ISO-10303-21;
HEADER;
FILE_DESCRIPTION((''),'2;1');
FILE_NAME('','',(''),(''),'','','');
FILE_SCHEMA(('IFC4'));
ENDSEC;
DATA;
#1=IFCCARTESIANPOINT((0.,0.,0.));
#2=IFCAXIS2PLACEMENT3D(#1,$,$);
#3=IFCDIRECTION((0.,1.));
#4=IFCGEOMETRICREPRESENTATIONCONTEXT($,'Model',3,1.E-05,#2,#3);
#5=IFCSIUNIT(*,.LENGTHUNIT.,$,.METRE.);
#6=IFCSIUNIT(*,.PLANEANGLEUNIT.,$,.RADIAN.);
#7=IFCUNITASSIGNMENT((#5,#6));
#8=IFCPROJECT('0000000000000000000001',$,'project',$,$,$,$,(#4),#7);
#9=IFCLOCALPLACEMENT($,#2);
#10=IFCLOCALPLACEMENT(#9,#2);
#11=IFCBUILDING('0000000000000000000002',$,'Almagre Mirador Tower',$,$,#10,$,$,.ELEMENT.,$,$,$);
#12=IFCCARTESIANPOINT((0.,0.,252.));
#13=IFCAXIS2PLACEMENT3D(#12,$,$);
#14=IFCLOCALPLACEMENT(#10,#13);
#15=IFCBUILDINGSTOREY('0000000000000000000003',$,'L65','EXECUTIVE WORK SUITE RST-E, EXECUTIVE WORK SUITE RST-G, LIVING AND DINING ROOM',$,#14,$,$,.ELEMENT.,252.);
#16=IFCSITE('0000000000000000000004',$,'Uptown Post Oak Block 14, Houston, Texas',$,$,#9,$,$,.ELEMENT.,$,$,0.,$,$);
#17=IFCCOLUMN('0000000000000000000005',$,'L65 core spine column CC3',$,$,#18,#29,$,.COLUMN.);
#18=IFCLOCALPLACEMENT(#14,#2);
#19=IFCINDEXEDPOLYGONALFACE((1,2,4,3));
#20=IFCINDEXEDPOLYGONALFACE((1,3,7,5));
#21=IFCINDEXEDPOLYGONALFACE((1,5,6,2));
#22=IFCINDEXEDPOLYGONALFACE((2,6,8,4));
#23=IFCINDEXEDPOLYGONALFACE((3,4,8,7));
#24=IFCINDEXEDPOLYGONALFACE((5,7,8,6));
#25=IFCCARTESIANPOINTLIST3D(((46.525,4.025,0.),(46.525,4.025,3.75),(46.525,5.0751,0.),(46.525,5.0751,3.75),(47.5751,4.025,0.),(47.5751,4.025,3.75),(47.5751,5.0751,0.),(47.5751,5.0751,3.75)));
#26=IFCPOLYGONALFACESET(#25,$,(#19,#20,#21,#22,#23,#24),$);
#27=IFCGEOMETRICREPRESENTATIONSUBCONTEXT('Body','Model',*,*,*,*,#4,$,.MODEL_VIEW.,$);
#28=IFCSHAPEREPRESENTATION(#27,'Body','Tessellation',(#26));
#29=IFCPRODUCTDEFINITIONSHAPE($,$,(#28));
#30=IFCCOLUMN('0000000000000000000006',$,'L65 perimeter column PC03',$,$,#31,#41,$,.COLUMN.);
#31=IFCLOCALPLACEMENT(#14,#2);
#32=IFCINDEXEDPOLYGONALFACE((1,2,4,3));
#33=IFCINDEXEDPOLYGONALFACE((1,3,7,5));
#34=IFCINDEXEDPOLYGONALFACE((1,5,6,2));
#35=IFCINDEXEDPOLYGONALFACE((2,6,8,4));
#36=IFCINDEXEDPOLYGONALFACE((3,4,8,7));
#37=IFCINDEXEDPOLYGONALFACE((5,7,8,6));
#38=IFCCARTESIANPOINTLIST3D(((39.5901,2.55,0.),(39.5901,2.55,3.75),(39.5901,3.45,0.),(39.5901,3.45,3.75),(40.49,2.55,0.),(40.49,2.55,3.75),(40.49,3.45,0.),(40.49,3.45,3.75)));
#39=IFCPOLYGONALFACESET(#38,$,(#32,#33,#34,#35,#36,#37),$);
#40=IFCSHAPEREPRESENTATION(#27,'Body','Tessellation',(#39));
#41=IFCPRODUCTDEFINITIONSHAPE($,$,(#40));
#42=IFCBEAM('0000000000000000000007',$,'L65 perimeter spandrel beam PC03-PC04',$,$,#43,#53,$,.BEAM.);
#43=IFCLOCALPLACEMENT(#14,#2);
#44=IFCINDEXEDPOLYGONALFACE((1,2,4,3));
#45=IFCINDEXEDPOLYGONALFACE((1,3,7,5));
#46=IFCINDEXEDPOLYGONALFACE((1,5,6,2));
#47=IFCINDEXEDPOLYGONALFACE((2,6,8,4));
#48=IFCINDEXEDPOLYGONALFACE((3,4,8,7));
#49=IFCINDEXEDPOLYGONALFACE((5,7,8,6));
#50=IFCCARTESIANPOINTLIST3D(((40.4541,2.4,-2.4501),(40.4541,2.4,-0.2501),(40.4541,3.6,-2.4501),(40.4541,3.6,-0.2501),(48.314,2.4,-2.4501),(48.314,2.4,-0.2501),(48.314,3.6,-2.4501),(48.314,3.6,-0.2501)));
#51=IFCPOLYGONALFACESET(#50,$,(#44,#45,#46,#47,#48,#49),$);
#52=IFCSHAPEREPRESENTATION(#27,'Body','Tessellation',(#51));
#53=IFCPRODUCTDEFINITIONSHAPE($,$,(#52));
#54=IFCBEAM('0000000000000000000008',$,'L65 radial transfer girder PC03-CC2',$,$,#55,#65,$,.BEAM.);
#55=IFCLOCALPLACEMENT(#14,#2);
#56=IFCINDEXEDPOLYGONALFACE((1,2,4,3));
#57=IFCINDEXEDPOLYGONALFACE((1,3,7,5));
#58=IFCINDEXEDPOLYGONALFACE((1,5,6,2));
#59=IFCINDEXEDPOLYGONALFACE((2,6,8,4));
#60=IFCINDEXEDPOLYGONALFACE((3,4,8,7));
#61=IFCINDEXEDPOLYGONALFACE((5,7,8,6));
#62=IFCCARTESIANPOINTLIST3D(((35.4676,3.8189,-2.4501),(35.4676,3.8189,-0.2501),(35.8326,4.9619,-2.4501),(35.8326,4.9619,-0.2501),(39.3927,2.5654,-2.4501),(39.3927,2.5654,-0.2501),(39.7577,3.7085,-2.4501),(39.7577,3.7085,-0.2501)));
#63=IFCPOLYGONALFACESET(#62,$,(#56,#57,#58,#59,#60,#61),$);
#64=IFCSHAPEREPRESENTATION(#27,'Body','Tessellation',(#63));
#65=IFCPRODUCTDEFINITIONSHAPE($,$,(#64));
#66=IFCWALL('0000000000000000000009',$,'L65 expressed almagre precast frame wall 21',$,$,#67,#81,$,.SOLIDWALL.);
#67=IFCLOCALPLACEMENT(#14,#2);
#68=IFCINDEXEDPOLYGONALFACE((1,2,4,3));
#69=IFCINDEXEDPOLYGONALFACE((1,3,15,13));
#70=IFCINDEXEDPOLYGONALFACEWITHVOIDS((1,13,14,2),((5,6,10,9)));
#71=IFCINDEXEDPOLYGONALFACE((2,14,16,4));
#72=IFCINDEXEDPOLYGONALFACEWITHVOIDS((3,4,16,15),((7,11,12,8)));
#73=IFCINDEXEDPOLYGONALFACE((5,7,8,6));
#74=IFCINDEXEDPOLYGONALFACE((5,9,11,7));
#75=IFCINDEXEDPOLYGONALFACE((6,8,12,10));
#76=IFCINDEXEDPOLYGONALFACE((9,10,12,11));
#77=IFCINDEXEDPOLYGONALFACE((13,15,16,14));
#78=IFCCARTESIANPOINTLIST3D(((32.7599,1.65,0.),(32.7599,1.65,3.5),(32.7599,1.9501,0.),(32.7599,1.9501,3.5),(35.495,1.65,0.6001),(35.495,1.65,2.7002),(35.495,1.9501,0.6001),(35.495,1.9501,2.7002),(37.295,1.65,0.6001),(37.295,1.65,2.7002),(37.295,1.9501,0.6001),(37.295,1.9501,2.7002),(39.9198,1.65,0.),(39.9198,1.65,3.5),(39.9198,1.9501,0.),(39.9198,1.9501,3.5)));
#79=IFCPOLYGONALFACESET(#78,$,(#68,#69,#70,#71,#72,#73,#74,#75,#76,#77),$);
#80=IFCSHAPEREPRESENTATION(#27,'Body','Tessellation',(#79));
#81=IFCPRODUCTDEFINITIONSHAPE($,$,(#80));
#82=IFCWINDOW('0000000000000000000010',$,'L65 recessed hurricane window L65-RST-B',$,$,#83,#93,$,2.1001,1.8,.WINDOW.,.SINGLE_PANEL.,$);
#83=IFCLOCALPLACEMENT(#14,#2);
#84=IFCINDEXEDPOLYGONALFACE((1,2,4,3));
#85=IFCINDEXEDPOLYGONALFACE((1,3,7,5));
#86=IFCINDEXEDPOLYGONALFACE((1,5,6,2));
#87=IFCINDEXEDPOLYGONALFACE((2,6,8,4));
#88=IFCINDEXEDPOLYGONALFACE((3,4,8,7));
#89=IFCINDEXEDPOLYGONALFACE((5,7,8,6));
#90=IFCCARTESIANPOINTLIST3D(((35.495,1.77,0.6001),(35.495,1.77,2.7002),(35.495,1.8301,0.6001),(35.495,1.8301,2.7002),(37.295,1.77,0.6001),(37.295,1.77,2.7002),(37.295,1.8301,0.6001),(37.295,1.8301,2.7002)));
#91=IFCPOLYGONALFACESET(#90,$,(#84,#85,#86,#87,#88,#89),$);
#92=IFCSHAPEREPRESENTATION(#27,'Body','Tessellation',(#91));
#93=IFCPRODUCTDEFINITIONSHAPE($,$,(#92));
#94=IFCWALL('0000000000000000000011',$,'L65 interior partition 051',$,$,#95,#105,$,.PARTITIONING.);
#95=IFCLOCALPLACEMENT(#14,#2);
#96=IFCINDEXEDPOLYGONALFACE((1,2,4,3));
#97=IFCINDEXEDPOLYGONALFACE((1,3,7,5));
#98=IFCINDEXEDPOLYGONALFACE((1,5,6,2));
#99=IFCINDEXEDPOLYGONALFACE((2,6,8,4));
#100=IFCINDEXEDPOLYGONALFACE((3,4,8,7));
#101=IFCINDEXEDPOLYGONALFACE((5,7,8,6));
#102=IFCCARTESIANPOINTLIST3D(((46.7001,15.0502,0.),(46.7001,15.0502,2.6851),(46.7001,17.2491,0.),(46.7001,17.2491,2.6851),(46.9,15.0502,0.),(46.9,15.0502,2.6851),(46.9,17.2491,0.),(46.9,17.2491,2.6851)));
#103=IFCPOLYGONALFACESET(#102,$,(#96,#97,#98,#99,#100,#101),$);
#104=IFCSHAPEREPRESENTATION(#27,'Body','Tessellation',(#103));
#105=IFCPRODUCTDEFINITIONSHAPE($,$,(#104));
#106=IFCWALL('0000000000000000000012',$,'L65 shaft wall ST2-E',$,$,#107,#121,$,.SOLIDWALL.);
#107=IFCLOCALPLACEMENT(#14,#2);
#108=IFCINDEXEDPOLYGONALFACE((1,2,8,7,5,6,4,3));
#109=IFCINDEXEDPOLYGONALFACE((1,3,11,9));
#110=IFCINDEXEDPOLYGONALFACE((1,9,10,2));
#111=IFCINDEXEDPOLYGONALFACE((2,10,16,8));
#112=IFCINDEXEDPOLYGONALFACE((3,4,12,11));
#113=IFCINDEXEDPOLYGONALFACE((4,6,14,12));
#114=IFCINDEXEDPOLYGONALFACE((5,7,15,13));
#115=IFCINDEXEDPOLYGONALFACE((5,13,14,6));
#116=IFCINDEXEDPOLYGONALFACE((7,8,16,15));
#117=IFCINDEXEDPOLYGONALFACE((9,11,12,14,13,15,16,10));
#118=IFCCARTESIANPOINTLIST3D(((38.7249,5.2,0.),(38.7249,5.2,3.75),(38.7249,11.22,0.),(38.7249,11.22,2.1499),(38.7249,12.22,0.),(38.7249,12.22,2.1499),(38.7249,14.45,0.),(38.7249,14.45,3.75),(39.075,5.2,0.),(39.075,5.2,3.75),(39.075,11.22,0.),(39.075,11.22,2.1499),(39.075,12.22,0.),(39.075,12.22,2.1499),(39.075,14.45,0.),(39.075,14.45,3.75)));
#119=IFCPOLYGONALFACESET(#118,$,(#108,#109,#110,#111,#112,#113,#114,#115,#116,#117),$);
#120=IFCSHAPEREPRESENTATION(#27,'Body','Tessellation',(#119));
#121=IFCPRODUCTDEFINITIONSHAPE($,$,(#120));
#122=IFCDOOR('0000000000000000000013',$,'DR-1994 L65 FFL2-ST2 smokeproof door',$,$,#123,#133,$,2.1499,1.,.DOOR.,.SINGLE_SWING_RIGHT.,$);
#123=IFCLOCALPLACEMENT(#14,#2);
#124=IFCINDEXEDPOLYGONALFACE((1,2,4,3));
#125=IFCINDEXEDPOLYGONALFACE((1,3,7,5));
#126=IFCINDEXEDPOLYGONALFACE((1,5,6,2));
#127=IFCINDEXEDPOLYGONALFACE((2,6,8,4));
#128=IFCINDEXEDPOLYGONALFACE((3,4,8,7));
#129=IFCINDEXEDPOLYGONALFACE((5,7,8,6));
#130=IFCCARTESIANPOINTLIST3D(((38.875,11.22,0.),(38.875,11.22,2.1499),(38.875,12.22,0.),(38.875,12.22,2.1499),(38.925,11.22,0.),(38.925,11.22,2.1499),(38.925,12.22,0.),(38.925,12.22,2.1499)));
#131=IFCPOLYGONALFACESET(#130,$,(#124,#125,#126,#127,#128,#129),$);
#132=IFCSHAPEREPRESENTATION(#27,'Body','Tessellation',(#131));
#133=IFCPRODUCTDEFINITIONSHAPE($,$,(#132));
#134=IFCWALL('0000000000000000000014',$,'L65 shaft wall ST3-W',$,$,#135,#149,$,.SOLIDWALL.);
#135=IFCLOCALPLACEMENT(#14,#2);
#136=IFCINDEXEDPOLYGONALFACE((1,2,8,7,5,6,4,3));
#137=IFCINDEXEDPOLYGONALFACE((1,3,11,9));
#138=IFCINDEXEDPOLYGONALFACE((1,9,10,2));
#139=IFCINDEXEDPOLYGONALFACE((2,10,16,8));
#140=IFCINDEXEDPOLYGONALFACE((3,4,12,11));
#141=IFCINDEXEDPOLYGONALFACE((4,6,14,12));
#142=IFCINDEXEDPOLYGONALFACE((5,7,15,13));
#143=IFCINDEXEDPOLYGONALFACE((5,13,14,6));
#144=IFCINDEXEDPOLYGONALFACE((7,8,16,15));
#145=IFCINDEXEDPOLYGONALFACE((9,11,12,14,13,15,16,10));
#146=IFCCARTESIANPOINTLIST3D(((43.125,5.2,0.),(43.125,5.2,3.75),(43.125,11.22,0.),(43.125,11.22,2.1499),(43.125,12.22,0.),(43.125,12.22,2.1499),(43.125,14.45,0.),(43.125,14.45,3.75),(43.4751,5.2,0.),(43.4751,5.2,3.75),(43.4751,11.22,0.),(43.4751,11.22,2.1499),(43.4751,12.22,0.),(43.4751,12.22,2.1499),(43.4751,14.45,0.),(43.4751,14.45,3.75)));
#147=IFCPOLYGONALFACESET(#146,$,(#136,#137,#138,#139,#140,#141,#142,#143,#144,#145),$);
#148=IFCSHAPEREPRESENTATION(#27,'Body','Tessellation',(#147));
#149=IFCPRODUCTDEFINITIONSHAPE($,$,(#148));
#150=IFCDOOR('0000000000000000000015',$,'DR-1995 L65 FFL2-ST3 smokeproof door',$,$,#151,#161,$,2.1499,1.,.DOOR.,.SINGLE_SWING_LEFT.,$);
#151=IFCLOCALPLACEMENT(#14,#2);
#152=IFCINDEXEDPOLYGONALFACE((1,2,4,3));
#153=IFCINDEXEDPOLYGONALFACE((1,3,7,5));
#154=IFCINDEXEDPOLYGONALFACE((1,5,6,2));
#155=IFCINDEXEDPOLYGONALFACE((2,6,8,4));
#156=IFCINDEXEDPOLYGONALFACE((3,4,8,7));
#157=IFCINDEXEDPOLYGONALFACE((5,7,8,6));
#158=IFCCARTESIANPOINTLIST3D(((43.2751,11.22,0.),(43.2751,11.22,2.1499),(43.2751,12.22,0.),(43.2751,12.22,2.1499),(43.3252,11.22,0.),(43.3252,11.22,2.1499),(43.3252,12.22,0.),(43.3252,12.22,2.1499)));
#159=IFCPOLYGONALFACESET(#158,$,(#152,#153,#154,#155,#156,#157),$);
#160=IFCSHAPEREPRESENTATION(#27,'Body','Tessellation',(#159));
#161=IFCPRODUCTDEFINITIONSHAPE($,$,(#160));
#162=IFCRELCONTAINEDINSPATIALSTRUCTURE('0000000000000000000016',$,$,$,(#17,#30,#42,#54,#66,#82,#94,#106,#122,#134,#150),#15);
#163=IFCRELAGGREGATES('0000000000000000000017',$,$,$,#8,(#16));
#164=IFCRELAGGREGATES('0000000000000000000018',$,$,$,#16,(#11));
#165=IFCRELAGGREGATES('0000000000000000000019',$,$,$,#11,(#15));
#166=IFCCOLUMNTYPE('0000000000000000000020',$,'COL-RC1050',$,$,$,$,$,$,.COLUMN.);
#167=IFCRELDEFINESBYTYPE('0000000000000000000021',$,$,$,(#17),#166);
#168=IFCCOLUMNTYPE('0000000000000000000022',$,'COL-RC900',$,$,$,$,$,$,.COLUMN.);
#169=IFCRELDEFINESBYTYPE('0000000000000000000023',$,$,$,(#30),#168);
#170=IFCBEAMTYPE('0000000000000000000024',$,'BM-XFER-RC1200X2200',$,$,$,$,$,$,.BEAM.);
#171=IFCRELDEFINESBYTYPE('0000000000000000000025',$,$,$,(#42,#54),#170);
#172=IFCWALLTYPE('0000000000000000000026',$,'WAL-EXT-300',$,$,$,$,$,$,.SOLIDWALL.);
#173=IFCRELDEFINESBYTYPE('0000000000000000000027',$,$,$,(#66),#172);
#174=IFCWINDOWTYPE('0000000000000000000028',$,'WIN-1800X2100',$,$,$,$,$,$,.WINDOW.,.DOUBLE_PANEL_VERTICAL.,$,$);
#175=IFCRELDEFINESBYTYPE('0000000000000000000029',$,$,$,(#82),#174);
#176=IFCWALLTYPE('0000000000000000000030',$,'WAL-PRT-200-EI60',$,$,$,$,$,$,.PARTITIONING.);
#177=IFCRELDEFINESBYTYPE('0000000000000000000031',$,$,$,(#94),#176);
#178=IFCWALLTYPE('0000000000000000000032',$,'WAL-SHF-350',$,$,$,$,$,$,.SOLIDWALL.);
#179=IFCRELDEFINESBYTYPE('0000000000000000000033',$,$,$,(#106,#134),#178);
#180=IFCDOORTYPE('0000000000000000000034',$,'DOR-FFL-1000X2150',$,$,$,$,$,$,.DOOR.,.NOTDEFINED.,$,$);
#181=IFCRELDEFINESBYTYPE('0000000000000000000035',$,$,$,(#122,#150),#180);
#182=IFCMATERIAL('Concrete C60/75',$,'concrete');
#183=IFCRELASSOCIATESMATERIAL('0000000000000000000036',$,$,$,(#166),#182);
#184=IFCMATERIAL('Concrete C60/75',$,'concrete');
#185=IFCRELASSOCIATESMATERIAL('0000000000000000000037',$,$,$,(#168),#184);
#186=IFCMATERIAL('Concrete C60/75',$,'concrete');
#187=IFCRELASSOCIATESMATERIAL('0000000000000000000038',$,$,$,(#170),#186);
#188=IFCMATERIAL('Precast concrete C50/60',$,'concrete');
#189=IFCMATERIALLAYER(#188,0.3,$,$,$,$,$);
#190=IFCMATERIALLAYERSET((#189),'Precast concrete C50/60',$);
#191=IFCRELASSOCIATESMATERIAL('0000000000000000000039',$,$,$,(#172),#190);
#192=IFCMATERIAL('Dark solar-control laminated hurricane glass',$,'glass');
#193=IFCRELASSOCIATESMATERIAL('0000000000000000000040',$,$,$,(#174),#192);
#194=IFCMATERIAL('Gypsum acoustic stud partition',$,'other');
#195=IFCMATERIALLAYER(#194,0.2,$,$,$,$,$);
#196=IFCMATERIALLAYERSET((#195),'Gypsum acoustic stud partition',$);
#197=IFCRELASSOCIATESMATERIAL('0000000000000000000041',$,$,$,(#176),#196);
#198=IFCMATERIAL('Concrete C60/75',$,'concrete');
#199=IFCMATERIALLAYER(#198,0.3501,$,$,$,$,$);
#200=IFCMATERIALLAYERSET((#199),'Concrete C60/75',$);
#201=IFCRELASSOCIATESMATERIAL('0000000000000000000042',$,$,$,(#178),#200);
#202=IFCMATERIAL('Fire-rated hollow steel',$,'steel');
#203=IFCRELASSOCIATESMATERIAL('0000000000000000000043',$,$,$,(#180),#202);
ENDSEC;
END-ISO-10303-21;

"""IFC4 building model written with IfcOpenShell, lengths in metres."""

from ifc_helpers import new_model, si_unit, direction, frame, frame_2d, origin, origin_2d, place, context, subcontext, project, spatial, rectangle, extrude, material, layer, layer_set, material_profile, profile_set, type_object, element, fill, save


model = new_model("IFC4")

# Units and contexts
model_context = context("Model", 3, precision=1e-05, world=origin(), true_north=direction((0.0, 1.0)))
body_context = subcontext(model_context, "Body", "Model", "MODEL_VIEW")
ifc_project = project(units=[si_unit("LENGTHUNIT", "METRE"), si_unit("PLANEANGLEUNIT", "RADIAN")], contexts=[model_context])

# Site, building, storey
site_placement = place(None, origin())
site = spatial("IfcSite", under=ifc_project, at=site_placement, Name="Uptown Post Oak Block 14, Houston, Texas", CompositionType="ELEMENT", RefElevation=0.0)
building_placement = place(site_placement, origin())
building = spatial("IfcBuilding", under=site, at=building_placement, Name="Almagre Mirador Tower", CompositionType="ELEMENT")
storey_placement = place(building_placement, frame((0.0, 0.0, 252.0)))
storey = spatial("IfcBuildingStorey", under=building, at=storey_placement, Name="L65", Description="EXECUTIVE WORK SUITE RST-E, EXECUTIVE WORK SUITE RST-G, LIVING AND DINING ROOM", CompositionType="ELEMENT", Elevation=252.0)

# Columns
ifc_material_1 = material(Name="Concrete C60/75", Category="concrete")
ifc_material_profile_1 = material_profile(ifc_material_1, rectangle(XDim=1.05, YDim=1.05, at=origin_2d()), Name="RC1050X1050")
ifc_profile_set_1 = profile_set([ifc_material_profile_1], Name="Concrete C60/75")
column_type_1 = type_object("IfcColumnType", Name="COL-RC1050", PredefinedType="COLUMN", material=ifc_profile_set_1)
column_1_placement = place(storey_placement, frame((47.05, 4.55, 0.0), z_axis=(0.0, 0.0, 1.0), x_axis=(1.0, 0.0, 0.0)))
element("IfcColumn", 1, at=column_1_placement, inside=storey, type_object=column_type_1, Name="L65 core spine column CC3", PredefinedType="COLUMN", context=body_context, shape_type="SweptSolid", body=[
    extrude(rectangle(XDim=1.05, YDim=1.05, at=origin_2d()), origin(), (0.0, 0.0, 1.0), 3.75),
])
ifc_material_2 = material(Name="Concrete C60/75", Category="concrete")
ifc_material_profile_2 = material_profile(ifc_material_2, rectangle(XDim=0.8999, YDim=0.8999, at=origin_2d()), Name="RC900X900")
ifc_profile_set_2 = profile_set([ifc_material_profile_2], Name="Concrete C60/75")
column_type_2 = type_object("IfcColumnType", Name="COL-RC900", PredefinedType="COLUMN", material=ifc_profile_set_2)
column_2_placement = place(storey_placement, frame((40.04, 3.0, 0.0), z_axis=(0.0, 0.0, 1.0), x_axis=(1.0, 0.0, 0.0)))
element("IfcColumn", 2, at=column_2_placement, inside=storey, type_object=column_type_2, Name="L65 perimeter column PC03", PredefinedType="COLUMN", context=body_context, shape_type="SweptSolid", body=[
    extrude(rectangle(XDim=0.8999, YDim=0.8999, at=origin_2d()), origin(), (0.0, 0.0, 1.0), 3.75),
])

# Beams
ifc_material_3 = material(Name="Concrete C60/75", Category="concrete")
ifc_material_profile_3 = material_profile(ifc_material_3, rectangle(XDim=1.2, YDim=2.2, at=origin_2d()), Name="RC1200X2200")
ifc_profile_set_3 = profile_set([ifc_material_profile_3], Name="Concrete C60/75")
beam_type = type_object("IfcBeamType", Name="BM-XFER-RC1200X2200", PredefinedType="BEAM", material=ifc_profile_set_3)
beam_1_placement = place(storey_placement, frame((40.4541, 3.0, -1.3501), z_axis=(1.0, 0.0, 0.0), x_axis=(0.0, 1.0, 0.0)))
element("IfcBeam", 3, at=beam_1_placement, inside=storey, type_object=beam_type, Name="L65 perimeter spandrel beam PC03-PC04", PredefinedType="BEAM", context=body_context, shape_type="SweptSolid", body=[
    extrude(rectangle(XDim=1.2, YDim=2.2, at=origin_2d()), origin(), (0.0, 0.0, 1.0), 7.8599),
])
beam_2_placement = place(storey_placement, frame((39.5752, 3.137, -1.3501), z_axis=(-0.952607, 0.304204, 0.0), x_axis=(-0.304204, -0.952607, 0.0)))
element("IfcBeam", 4, at=beam_2_placement, inside=storey, type_object=beam_type, Name="L65 radial transfer girder PC03-CC2", PredefinedType="BEAM", context=body_context, shape_type="SweptSolid", body=[
    extrude(rectangle(XDim=1.2, YDim=2.2, at=origin_2d()), origin(), (0.0, 0.0, 1.0), 4.1204),
])

# Wall, opening, window
ifc_material_4 = material(Name="Precast concrete C50/60", Category="concrete")
ifc_layer_1 = layer(ifc_material_4, 0.3)
ifc_layer_set_1 = layer_set([ifc_layer_1], Name="Precast concrete C50/60")
wall_type_1 = type_object("IfcWallType", Name="WAL-EXT-300", PredefinedType="SOLIDWALL", material=ifc_layer_set_1)
wall_1_placement = place(storey_placement, frame((39.9199, 1.8, 0.0), z_axis=(0.0, 0.0, 1.0), x_axis=(-1.0, 0.0, 0.0)))
wall_1 = element("IfcWall", 5, at=wall_1_placement, inside=storey, type_object=wall_type_1, Name="L65 expressed almagre precast frame wall 21", PredefinedType="SOLIDWALL", context=body_context, shape_type="SweptSolid", body=[
    extrude(rectangle(XDim=7.1599, YDim=0.3, at=frame_2d((3.5801, 0.0))), origin(), (0.0, 0.0, 1.0), 3.5),
])
opening_1_placement = place(wall_1_placement, frame((2.625, 0.0, 0.6001)))
opening_1 = element("IfcOpeningElement", 6, at=opening_1_placement, cuts=wall_1, PredefinedType="OPENING", context=body_context, shape_type="SweptSolid", body=[
    extrude(rectangle(XDim=1.8, YDim=2.1001, at=frame_2d((0.8999, 1.05))), frame((0.0, 0.1599, 0.0), z_axis=(0.0, -1.0, 0.0), x_axis=(1.0, 0.0, 0.0)), (0.0, 0.0, 1.0), 0.32),
])
ifc_material_5 = material(Name="Dark solar-control laminated hurricane glass", Category="glass")
window_type = type_object("IfcWindowType", Name="WIN-1800X2100", PartitioningType="DOUBLE_PANEL_VERTICAL", PredefinedType="WINDOW", material=ifc_material_5)
window_placement = place(opening_1_placement, origin())
window = element("IfcWindow", 7, at=window_placement, inside=storey, type_object=window_type, Name="L65 recessed hurricane window L65-RST-B", OverallHeight=2.1001, OverallWidth=1.8, PartitioningType="SINGLE_PANEL", PredefinedType="WINDOW", context=body_context, shape_type="SweptSolid", body=[
    extrude(rectangle(XDim=1.8, YDim=2.1001, at=frame_2d((0.8999, 1.05))), frame((0.0, 0.03, 0.0), z_axis=(0.0, -1.0, 0.0), x_axis=(1.0, 0.0, 0.0)), (0.0, 0.0, 1.0), 0.0601),
])
fill(opening_1, window)

# Wall
ifc_material_6 = material(Name="Gypsum acoustic stud partition", Category="other")
ifc_layer_2 = layer(ifc_material_6, 0.2)
ifc_layer_set_2 = layer_set([ifc_layer_2], Name="Gypsum acoustic stud partition")
wall_type_2 = type_object("IfcWallType", Name="WAL-PRT-200-EI60", PredefinedType="PARTITIONING", material=ifc_layer_set_2)
wall_2_placement = place(storey_placement, frame((46.8, 15.05, 0.0), z_axis=(0.0, 0.0, 1.0), x_axis=(0.0, 1.0, 0.0)))
element("IfcWall", 8, at=wall_2_placement, inside=storey, type_object=wall_type_2, Name="L65 interior partition 051", PredefinedType="PARTITIONING", context=body_context, shape_type="SweptSolid", body=[
    extrude(rectangle(XDim=2.199, YDim=0.2, at=frame_2d((1.0996, 0.0))), origin(), (0.0, 0.0, 1.0), 2.6851),
])

# Walls, openings, doors
ifc_material_7 = material(Name="Concrete C60/75", Category="concrete")
ifc_layer_3 = layer(ifc_material_7, 0.3501)
ifc_layer_set_3 = layer_set([ifc_layer_3], Name="Concrete C60/75")
wall_type_3 = type_object("IfcWallType", Name="WAL-SHF-350", PredefinedType="SOLIDWALL", material=ifc_layer_set_3)
wall_3_placement = place(storey_placement, frame((38.8999, 5.2, 0.0), z_axis=(0.0, 0.0, 1.0), x_axis=(0.0, 1.0, 0.0)))
wall_3 = element("IfcWall", 9, at=wall_3_placement, inside=storey, type_object=wall_type_3, Name="L65 shaft wall ST2-E", PredefinedType="SOLIDWALL", context=body_context, shape_type="SweptSolid", body=[
    extrude(rectangle(XDim=9.25, YDim=0.3501, at=frame_2d((4.625, 0.0))), origin(), (0.0, 0.0, 1.0), 3.75),
])
opening_2_placement = place(wall_3_placement, frame((6.02, 0.0, 0.0)))
opening_2 = element("IfcOpeningElement", 10, at=opening_2_placement, cuts=wall_3, PredefinedType="OPENING", context=body_context, shape_type="SweptSolid", body=[
    extrude(rectangle(XDim=1.0, YDim=2.1499, at=frame_2d((0.5, 1.075))), frame((0.0, 0.185, 0.0), z_axis=(0.0, -1.0, 0.0), x_axis=(1.0, 0.0, 0.0)), (0.0, 0.0, 1.0), 0.3701),
])
ifc_material_8 = material(Name="Fire-rated hollow steel", Category="steel")
door_type_1 = type_object("IfcDoorType", Name="DOR-FFL-1000X2150", OperationType="NOTDEFINED", PredefinedType="DOOR", material=ifc_material_8)
door_1_placement = place(opening_2_placement, origin())
door_1 = element("IfcDoor", 11, at=door_1_placement, inside=storey, type_object=door_type_1, Name="DR-1994 L65 FFL2-ST2 smokeproof door", OperationType="SINGLE_SWING_RIGHT", OverallHeight=2.1499, OverallWidth=1.0, PredefinedType="DOOR", context=body_context, shape_type="SweptSolid", body=[
    extrude(rectangle(XDim=1.0, YDim=2.1499, at=frame_2d((0.5, 1.075))), frame((0.0, 0.0249, 0.0), z_axis=(0.0, -1.0, 0.0), x_axis=(1.0, 0.0, 0.0)), (0.0, 0.0, 1.0), 0.05),
])
fill(opening_2, door_1)
wall_4_placement = place(storey_placement, frame((43.3, 5.2, 0.0), z_axis=(0.0, 0.0, 1.0), x_axis=(0.0, 1.0, 0.0)))
wall_4 = element("IfcWall", 12, at=wall_4_placement, inside=storey, type_object=wall_type_3, Name="L65 shaft wall ST3-W", PredefinedType="SOLIDWALL", context=body_context, shape_type="SweptSolid", body=[
    extrude(rectangle(XDim=9.25, YDim=0.3501, at=frame_2d((4.625, 0.0))), origin(), (0.0, 0.0, 1.0), 3.75),
])
opening_3_placement = place(wall_4_placement, frame((6.02, 0.0, 0.0)))
opening_3 = element("IfcOpeningElement", 13, at=opening_3_placement, cuts=wall_4, PredefinedType="OPENING", context=body_context, shape_type="SweptSolid", body=[
    extrude(rectangle(XDim=1.0, YDim=2.1499, at=frame_2d((0.5, 1.075))), frame((0.0, 0.185, 0.0), z_axis=(0.0, -1.0, 0.0), x_axis=(1.0, 0.0, 0.0)), (0.0, 0.0, 1.0), 0.3701),
])
door_2_placement = place(opening_3_placement, origin())
door_2 = element("IfcDoor", 14, at=door_2_placement, inside=storey, type_object=door_type_1, Name="DR-1995 L65 FFL2-ST3 smokeproof door", OperationType="SINGLE_SWING_LEFT", OverallHeight=2.1499, OverallWidth=1.0, PredefinedType="DOOR", context=body_context, shape_type="SweptSolid", body=[
    extrude(rectangle(XDim=1.0, YDim=2.1499, at=frame_2d((0.5, 1.075))), frame((0.0, 0.0249, 0.0), z_axis=(0.0, -1.0, 0.0), x_axis=(1.0, 0.0, 0.0)), (0.0, 0.0, 1.0), 0.05),
])
fill(opening_3, door_2)

save(model, "model.ifc")
